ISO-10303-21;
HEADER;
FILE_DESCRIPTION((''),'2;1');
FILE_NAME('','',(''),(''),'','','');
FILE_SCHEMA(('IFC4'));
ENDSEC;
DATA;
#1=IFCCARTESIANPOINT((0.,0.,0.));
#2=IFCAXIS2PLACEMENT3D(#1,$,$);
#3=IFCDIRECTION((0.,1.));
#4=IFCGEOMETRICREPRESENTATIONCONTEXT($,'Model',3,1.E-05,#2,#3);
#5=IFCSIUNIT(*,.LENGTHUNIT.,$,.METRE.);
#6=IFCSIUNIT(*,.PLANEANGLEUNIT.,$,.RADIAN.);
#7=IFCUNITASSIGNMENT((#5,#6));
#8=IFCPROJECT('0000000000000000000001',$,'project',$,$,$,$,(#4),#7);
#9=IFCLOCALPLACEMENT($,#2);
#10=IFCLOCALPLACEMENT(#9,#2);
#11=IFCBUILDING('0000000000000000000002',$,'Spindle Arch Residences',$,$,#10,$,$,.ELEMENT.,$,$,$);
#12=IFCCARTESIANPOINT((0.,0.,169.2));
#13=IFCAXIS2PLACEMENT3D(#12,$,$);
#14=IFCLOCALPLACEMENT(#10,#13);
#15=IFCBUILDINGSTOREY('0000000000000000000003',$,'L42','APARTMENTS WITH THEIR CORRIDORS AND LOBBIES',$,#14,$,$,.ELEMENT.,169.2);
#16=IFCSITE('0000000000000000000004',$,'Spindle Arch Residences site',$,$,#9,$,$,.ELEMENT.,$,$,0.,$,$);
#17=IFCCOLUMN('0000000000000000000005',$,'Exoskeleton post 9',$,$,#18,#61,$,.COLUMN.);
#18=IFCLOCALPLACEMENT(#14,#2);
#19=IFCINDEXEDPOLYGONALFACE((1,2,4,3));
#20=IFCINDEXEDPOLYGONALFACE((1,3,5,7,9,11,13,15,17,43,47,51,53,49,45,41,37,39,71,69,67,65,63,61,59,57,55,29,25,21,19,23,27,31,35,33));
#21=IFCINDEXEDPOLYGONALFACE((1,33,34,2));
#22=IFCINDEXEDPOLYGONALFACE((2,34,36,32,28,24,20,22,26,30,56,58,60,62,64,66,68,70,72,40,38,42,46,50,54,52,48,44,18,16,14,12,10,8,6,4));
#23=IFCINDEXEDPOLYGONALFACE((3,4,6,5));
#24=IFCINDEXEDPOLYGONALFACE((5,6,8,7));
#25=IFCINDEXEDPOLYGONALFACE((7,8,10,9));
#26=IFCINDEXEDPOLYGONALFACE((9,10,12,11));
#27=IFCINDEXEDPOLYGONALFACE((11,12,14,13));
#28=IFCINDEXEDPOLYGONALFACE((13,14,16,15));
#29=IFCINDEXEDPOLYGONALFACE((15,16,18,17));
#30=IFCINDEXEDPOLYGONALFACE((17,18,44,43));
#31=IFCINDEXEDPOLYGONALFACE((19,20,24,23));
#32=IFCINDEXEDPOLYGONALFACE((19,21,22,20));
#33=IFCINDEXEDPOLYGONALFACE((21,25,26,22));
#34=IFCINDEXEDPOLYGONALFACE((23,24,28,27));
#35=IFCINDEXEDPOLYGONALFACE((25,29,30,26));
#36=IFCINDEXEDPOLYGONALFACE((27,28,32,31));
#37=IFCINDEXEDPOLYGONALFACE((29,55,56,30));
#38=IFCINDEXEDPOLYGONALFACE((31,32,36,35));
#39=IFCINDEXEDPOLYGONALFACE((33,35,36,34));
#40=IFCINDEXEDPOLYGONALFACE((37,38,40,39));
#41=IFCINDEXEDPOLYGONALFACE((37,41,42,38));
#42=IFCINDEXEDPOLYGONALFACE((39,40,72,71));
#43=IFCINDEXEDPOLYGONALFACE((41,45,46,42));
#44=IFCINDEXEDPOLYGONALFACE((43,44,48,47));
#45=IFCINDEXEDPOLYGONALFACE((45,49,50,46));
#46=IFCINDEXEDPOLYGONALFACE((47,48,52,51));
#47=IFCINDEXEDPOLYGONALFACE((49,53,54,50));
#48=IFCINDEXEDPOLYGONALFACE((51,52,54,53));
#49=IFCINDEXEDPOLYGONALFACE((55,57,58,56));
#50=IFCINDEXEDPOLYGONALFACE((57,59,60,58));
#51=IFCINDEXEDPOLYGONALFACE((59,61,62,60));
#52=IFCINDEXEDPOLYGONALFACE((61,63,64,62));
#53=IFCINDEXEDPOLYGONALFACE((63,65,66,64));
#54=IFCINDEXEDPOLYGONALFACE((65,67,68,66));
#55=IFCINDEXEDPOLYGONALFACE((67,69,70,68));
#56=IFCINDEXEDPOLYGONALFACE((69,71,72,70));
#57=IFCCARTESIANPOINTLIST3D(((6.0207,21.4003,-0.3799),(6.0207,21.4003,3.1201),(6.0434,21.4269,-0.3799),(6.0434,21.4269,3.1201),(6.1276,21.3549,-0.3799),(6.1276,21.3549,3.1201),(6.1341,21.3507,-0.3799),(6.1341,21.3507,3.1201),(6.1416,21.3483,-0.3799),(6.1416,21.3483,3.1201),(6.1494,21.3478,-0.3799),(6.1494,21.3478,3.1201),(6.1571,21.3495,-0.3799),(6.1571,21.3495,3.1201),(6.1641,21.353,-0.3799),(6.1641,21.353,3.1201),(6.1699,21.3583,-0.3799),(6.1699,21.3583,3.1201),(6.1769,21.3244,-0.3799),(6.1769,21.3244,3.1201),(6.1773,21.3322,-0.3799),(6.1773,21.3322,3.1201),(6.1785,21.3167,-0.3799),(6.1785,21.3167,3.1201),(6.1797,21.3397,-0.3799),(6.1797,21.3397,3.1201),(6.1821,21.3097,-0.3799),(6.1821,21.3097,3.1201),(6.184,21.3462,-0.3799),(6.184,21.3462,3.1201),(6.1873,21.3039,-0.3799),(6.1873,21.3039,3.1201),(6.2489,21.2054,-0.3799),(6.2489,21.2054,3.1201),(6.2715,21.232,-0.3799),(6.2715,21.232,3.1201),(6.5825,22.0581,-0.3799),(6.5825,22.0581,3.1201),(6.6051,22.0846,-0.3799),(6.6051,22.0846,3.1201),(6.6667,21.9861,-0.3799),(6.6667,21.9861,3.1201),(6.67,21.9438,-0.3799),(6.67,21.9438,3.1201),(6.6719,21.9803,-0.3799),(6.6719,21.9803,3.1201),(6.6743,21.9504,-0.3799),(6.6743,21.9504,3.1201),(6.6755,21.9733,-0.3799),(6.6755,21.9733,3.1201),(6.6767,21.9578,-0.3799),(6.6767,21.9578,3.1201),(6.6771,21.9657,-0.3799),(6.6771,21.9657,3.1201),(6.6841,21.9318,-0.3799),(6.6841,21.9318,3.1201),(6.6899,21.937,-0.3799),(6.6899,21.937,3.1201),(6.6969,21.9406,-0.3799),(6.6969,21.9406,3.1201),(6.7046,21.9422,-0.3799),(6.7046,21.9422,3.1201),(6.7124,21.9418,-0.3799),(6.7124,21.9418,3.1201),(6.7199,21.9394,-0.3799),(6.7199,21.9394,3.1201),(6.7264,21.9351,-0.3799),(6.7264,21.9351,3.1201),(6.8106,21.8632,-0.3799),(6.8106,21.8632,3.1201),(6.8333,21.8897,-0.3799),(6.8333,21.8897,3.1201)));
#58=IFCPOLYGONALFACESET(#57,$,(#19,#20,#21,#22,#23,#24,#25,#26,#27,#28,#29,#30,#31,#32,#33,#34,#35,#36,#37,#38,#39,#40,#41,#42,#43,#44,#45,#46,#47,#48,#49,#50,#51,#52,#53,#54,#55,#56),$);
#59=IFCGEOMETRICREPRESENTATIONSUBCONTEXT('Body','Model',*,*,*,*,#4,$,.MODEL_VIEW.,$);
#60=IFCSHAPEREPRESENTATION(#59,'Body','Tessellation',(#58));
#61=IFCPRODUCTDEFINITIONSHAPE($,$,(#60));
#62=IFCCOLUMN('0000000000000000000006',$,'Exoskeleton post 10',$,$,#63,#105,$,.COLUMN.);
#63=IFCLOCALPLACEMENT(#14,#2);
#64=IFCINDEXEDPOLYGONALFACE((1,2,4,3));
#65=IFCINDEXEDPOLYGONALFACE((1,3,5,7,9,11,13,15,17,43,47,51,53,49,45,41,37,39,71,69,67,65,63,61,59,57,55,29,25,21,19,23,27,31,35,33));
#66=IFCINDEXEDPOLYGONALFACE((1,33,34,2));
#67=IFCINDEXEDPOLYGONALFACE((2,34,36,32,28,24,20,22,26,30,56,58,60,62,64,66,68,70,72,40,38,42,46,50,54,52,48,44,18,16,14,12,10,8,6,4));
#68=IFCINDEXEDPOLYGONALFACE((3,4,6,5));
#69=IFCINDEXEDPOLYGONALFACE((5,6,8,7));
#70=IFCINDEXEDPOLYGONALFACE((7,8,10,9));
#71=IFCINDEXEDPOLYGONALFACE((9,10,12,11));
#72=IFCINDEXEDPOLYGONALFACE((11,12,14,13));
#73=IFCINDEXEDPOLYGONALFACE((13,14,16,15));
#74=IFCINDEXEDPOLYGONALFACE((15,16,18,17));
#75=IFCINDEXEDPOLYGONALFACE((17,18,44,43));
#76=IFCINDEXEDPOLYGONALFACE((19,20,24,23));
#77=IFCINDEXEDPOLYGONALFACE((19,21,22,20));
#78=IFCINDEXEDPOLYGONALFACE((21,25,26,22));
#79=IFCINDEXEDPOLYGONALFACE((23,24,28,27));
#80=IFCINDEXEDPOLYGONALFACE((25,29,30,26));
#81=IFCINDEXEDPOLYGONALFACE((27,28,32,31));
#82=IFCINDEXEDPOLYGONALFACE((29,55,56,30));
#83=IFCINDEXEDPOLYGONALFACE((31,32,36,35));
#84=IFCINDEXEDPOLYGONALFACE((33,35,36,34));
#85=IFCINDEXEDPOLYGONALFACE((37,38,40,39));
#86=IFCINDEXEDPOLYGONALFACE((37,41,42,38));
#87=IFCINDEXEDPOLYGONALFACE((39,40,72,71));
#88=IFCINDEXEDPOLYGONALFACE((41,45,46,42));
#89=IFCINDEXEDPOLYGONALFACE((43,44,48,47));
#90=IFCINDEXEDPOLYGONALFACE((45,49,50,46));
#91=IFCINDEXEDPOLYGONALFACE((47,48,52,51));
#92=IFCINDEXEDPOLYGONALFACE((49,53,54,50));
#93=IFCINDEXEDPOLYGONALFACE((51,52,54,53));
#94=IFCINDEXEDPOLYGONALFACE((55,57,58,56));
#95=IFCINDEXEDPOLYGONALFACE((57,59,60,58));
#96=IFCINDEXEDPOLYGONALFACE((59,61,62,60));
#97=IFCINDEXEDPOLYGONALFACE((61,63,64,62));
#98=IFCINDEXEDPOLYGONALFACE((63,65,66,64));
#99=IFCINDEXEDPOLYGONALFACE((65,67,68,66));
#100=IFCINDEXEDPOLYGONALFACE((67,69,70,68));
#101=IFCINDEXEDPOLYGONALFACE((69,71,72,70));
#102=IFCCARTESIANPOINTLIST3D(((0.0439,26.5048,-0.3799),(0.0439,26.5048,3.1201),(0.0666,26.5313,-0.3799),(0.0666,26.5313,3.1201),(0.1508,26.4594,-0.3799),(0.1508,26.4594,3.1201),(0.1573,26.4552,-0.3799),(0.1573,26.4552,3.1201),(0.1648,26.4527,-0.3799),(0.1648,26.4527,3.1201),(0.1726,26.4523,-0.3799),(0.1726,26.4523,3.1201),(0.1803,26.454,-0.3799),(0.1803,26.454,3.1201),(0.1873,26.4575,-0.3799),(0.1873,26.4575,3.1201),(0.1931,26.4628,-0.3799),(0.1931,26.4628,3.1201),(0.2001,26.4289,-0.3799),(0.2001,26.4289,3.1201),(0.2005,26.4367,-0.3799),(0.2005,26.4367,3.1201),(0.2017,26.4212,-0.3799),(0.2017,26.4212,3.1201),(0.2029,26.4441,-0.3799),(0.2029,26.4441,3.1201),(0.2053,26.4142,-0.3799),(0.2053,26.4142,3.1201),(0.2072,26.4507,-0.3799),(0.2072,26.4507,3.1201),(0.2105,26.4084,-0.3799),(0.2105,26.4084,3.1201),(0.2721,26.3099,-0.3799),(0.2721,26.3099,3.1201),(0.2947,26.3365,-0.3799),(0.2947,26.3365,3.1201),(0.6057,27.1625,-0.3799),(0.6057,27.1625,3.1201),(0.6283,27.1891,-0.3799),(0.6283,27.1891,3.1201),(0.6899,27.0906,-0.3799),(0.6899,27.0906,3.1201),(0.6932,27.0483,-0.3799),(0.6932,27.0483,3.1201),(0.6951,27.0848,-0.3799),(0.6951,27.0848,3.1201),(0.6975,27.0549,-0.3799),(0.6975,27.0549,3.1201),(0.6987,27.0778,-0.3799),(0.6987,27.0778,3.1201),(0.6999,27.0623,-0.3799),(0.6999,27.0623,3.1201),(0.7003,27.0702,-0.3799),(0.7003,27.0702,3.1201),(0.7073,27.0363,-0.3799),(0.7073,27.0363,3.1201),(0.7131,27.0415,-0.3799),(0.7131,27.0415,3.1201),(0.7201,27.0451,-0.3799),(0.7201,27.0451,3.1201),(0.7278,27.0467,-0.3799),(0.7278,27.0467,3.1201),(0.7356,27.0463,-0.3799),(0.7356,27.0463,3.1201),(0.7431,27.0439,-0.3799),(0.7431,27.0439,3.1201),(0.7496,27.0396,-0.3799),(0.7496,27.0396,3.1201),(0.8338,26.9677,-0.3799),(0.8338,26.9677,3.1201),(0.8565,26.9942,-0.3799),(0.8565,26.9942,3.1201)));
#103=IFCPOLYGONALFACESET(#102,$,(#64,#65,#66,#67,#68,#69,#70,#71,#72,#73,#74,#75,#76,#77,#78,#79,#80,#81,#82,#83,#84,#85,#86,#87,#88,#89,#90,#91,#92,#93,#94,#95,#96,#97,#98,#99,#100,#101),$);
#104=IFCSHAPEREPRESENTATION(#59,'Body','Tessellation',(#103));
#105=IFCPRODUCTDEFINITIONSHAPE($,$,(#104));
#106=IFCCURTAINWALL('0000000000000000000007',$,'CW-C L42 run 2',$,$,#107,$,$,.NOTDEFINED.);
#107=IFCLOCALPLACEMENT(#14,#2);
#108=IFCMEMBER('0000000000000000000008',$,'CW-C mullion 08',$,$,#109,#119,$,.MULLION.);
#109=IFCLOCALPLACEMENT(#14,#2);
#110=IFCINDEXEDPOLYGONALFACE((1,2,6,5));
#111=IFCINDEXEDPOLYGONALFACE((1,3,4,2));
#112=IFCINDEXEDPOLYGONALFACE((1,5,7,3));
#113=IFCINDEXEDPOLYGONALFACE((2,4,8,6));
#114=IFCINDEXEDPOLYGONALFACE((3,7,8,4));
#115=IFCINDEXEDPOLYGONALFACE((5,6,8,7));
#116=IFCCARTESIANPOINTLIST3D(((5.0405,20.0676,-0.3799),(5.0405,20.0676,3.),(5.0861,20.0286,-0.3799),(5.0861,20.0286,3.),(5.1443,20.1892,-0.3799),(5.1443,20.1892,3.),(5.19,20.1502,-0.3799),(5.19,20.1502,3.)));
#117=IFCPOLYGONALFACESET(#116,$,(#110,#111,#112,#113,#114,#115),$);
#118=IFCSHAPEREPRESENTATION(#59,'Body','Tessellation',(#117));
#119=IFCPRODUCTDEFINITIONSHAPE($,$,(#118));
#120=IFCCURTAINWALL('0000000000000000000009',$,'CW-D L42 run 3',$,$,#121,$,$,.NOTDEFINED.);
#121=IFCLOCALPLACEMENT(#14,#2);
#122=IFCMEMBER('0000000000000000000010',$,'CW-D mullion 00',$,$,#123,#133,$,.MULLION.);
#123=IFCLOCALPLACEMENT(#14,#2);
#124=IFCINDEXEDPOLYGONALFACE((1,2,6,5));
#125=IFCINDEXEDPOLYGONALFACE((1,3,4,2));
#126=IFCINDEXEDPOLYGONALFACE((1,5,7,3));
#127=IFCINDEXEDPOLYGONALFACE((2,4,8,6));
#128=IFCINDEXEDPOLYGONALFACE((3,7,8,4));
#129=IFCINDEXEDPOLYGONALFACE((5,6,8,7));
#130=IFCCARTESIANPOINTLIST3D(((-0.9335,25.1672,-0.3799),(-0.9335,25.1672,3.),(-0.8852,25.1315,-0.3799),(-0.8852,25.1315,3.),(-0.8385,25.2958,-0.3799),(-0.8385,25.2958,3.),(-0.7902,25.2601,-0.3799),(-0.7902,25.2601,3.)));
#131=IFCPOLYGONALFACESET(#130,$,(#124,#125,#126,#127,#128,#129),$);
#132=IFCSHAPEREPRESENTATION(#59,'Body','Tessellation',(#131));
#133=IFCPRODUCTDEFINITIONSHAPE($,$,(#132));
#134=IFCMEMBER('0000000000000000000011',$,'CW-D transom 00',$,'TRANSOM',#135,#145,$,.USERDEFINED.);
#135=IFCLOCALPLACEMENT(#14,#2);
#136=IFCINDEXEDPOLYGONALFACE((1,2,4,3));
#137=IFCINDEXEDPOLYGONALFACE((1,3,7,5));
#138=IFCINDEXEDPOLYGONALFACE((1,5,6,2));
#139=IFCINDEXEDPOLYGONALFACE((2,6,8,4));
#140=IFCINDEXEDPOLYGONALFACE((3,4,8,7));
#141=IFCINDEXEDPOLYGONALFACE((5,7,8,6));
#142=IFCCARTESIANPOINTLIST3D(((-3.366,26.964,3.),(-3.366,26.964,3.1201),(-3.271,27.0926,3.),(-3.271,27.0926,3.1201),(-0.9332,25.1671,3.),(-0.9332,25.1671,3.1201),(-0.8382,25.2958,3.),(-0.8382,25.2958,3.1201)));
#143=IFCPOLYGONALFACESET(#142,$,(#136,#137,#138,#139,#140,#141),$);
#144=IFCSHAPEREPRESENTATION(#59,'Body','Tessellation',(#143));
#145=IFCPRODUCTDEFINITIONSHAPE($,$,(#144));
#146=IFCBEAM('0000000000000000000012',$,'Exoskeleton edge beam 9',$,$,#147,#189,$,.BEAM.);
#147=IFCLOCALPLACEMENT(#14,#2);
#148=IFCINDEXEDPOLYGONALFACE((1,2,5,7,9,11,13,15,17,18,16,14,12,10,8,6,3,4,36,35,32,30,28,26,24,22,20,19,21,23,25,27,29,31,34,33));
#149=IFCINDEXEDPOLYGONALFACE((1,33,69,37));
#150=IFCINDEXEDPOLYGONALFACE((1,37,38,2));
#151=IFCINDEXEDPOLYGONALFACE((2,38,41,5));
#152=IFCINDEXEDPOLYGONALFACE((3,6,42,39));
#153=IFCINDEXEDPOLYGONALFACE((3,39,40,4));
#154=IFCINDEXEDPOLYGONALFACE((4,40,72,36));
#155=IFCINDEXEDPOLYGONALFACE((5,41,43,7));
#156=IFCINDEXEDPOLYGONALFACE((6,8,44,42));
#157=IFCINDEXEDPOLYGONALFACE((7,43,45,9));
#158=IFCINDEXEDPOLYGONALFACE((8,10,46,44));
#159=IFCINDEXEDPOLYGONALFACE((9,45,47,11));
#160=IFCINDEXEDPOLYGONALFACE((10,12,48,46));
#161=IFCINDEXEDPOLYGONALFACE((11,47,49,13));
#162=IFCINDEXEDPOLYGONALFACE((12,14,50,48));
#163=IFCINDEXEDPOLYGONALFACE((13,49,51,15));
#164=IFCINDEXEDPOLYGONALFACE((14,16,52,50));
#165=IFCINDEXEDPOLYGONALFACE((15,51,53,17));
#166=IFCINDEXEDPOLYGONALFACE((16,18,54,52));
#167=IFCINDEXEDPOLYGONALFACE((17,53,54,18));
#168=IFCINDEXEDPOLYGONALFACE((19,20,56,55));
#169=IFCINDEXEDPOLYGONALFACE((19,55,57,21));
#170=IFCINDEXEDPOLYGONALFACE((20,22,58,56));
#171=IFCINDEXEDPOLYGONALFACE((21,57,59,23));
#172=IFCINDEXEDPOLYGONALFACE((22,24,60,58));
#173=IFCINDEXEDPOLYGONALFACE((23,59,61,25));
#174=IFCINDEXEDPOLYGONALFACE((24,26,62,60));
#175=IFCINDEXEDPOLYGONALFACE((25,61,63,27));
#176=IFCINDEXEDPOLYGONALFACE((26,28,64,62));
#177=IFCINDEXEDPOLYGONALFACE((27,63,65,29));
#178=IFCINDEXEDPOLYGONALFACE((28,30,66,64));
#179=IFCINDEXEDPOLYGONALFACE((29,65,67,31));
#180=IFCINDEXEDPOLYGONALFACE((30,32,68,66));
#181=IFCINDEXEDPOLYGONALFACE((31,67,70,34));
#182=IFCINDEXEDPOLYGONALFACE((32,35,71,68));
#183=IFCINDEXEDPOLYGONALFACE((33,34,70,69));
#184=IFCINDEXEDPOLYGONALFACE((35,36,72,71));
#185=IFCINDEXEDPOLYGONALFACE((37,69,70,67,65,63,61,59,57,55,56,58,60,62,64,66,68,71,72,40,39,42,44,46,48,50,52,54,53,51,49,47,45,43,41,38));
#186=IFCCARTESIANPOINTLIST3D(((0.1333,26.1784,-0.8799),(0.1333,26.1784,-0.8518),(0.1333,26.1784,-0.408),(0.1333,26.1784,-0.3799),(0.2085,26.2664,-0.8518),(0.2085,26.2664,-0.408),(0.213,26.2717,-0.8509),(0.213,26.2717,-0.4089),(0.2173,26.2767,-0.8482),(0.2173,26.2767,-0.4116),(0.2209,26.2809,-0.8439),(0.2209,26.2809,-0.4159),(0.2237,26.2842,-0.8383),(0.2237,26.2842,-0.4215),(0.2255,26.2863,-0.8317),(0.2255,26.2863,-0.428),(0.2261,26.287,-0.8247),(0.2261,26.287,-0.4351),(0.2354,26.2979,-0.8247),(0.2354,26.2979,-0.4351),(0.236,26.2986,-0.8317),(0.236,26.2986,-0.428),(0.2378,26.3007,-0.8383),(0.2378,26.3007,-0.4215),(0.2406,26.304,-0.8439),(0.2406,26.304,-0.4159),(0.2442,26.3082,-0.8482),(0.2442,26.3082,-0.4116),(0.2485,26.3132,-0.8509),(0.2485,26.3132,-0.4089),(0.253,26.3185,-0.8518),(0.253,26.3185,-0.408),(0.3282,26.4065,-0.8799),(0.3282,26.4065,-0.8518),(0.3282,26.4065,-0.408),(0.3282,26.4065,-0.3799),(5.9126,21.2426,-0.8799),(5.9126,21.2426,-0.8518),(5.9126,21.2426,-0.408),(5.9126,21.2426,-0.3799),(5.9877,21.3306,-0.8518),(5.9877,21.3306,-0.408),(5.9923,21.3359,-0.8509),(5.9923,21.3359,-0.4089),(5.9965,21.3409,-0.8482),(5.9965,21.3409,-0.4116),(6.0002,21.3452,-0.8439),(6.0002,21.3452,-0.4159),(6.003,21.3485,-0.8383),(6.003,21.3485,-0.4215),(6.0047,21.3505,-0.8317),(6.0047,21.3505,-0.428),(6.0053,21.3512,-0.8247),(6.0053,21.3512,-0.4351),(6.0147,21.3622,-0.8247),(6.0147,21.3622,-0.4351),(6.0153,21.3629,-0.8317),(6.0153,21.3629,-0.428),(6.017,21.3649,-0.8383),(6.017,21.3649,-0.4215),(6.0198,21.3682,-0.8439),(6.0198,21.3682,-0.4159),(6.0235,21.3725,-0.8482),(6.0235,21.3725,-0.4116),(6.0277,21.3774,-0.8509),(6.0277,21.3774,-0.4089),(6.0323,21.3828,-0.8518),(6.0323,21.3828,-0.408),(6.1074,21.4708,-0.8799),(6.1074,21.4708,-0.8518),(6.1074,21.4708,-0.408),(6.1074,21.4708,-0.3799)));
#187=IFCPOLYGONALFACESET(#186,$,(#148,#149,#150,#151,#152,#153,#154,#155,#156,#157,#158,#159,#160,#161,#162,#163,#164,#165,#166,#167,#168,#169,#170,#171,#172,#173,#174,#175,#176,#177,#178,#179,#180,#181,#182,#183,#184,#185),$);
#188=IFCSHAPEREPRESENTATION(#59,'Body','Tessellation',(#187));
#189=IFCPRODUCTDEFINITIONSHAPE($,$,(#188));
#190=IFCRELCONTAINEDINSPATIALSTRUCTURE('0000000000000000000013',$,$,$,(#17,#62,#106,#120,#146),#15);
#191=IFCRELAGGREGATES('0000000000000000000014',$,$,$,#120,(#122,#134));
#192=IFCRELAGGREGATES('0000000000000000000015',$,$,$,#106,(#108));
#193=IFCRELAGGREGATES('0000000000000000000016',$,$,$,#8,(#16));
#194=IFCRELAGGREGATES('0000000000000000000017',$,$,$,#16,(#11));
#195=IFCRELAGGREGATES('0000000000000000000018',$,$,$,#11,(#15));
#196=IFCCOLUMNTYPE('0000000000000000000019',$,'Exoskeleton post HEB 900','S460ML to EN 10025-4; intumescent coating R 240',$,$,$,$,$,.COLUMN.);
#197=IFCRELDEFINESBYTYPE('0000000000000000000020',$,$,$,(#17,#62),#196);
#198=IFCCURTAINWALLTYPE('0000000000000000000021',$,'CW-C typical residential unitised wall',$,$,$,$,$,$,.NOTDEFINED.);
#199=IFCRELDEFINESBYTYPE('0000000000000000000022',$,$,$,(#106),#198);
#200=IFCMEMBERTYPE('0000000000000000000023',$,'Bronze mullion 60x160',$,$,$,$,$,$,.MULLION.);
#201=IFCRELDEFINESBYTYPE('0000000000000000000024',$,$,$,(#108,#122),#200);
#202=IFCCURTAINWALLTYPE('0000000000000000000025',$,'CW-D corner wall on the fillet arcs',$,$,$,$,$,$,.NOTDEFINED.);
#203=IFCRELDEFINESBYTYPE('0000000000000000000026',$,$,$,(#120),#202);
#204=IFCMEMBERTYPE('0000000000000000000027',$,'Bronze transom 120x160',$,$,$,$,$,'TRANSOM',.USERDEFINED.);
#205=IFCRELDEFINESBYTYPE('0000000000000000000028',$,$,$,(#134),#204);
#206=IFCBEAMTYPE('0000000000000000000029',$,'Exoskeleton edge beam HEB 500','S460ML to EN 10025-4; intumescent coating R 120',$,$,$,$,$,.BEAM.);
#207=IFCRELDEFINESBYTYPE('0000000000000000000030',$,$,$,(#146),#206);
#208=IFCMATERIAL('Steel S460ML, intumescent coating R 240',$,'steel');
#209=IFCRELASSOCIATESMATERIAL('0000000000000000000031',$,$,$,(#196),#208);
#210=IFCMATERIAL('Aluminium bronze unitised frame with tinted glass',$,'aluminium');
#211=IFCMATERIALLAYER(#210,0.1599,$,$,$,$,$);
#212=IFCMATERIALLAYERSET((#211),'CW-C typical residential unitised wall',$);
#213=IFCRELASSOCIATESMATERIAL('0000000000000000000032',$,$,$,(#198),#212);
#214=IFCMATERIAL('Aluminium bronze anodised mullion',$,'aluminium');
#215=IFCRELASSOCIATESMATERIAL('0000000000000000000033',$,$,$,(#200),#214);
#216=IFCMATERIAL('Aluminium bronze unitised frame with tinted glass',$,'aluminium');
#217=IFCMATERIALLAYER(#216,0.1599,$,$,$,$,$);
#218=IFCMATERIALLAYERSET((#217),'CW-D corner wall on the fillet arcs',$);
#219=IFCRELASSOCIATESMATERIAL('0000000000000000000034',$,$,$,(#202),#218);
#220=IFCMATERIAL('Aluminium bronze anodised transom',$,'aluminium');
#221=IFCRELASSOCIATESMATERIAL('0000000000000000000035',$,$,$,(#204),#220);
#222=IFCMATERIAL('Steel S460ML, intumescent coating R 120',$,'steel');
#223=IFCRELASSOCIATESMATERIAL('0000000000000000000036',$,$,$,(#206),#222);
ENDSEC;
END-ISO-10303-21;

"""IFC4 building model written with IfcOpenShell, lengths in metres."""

from ifc_helpers import new_model, si_unit, direction, frame, origin, origin_2d, place, context, subcontext, project, spatial, rectangle, i_section, extrude, material, layer, layer_set, material_profile, profile_set, type_object, element, aggregate, save


model = new_model("IFC4")

# Units and contexts
model_context = context("Model", 3, precision=1e-05, world=origin(), true_north=direction((0.0, 1.0)))
body_context = subcontext(model_context, "Body", "Model", "MODEL_VIEW")
ifc_project = project(units=[si_unit("LENGTHUNIT", "METRE"), si_unit("PLANEANGLEUNIT", "RADIAN")], contexts=[model_context])

# Site, building, storey
site_placement = place(None, origin())
site = spatial("IfcSite", under=ifc_project, at=site_placement, Name="Spindle Arch Residences site", CompositionType="ELEMENT", RefElevation=0.0)
building_placement = place(site_placement, origin())
building = spatial("IfcBuilding", under=site, at=building_placement, Name="Spindle Arch Residences", CompositionType="ELEMENT")
storey_placement = place(building_placement, frame((0.0, 0.0, 169.2)))
storey = spatial("IfcBuildingStorey", under=building, at=storey_placement, Name="L42", Description="APARTMENTS WITH THEIR CORRIDORS AND LOBBIES", CompositionType="ELEMENT", Elevation=169.2)

# Columns
ifc_material_1 = material(Name="Steel S460ML, intumescent coating R 240", Category="steel")
ifc_material_profile_1 = material_profile(ifc_material_1, i_section(OverallWidth=0.3, OverallDepth=0.8999, WebThickness=0.0186, FlangeThickness=0.0349, FilletRadius=0.03, at=origin_2d()), Name="HEB 900")
ifc_profile_set_1 = profile_set([ifc_material_profile_1], Name="Steel S460ML, intumescent coating R 240")
column_type = type_object("IfcColumnType", Name="Exoskeleton post HEB 900", Description="S460ML to EN 10025-4; intumescent coating R 240", PredefinedType="COLUMN", material=ifc_profile_set_1)
for number, where, z_axis, x_axis, name in (
    (1, (6.427, 21.645, -0.3799), (0.0, 0.0, 1.0), (0.760406, -0.649448, 0.0), "Exoskeleton post 9"),
    (2, (0.4502, 26.7495, -0.3799), (0.0, 0.0, 1.0), (0.760406, -0.649448, 0.0), "Exoskeleton post 10"),
):
    element("IfcColumn", number, at=place(storey_placement, frame(where, z_axis=z_axis, x_axis=x_axis)), inside=storey, type_object=column_type, Name=name, PredefinedType="COLUMN", context=body_context, shape_type="SweptSolid", body=[
        extrude(i_section(OverallWidth=0.3, OverallDepth=0.8999, WebThickness=0.0186, FlangeThickness=0.0349, FilletRadius=0.03, at=origin_2d()), origin(), (0.0, 0.0, 1.0), 3.5),
    ])

# Curtain wall, member
ifc_material_2 = material(Name="Aluminium bronze unitised frame with tinted glass", Category="aluminium")
ifc_layer_1 = layer(ifc_material_2, 0.1599)
ifc_layer_set_1 = layer_set([ifc_layer_1], Name="CW-C typical residential unitised wall")
curtain_wall_type_1 = type_object("IfcCurtainWallType", Name="CW-C typical residential unitised wall", PredefinedType="NOTDEFINED", material=ifc_layer_set_1)
curtain_wall_1_placement = place(storey_placement, origin())
curtain_wall_1 = element("IfcCurtainWall", 3, at=curtain_wall_1_placement, inside=storey, type_object=curtain_wall_type_1, Name="CW-C L42 run 2", PredefinedType="NOTDEFINED")
ifc_material_3 = material(Name="Aluminium bronze anodised mullion", Category="aluminium")
ifc_material_profile_2 = material_profile(ifc_material_3, rectangle(XDim=0.1599, YDim=0.0601, at=origin_2d()), Name="MU 60x160")
ifc_profile_set_2 = profile_set([ifc_material_profile_2], Name="Aluminium bronze anodised mullion")
member_type_1 = type_object("IfcMemberType", Name="Bronze mullion 60x160", PredefinedType="MULLION", material=ifc_profile_set_2)
member_1_placement = place(storey_placement, frame((5.1152, 20.1089, -0.3799), z_axis=(0.0, 0.0, 1.0), x_axis=(-0.649448, -0.760406, 0.0)))
member_1 = element("IfcMember", 4, at=member_1_placement, type_object=member_type_1, Name="CW-C mullion 08", PredefinedType="MULLION", context=body_context, shape_type="SweptSolid", body=[
    extrude(rectangle(XDim=0.1599, YDim=0.0601, at=origin_2d()), origin(), (0.0, 0.0, 1.0), 3.3799),
])

# Curtain wall, members
ifc_material_4 = material(Name="Aluminium bronze unitised frame with tinted glass", Category="aluminium")
ifc_layer_2 = layer(ifc_material_4, 0.1599)
ifc_layer_set_2 = layer_set([ifc_layer_2], Name="CW-D corner wall on the fillet arcs")
curtain_wall_type_2 = type_object("IfcCurtainWallType", Name="CW-D corner wall on the fillet arcs", PredefinedType="NOTDEFINED", material=ifc_layer_set_2)
curtain_wall_2_placement = place(storey_placement, origin())
curtain_wall_2 = element("IfcCurtainWall", 5, at=curtain_wall_2_placement, inside=storey, type_object=curtain_wall_type_2, Name="CW-D L42 run 3", PredefinedType="NOTDEFINED")
member_2_placement = place(storey_placement, frame((-0.8618, 25.2136, -0.3799), z_axis=(0.0, 0.0, 1.0), x_axis=(-0.594134, -0.804366, 0.0)))
member_2 = element("IfcMember", 6, at=member_2_placement, type_object=member_type_1, Name="CW-D mullion 00", PredefinedType="MULLION", context=body_context, shape_type="SweptSolid", body=[
    extrude(rectangle(XDim=0.1599, YDim=0.0601, at=origin_2d()), origin(), (0.0, 0.0, 1.0), 3.3799),
])
ifc_material_5 = material(Name="Aluminium bronze anodised transom", Category="aluminium")
ifc_material_profile_3 = material_profile(ifc_material_5, rectangle(XDim=0.1599, YDim=0.1201, at=origin_2d()), Name="TR 120x160")
ifc_profile_set_3 = profile_set([ifc_material_profile_3], Name="Aluminium bronze anodised transom")
member_type_2 = type_object("IfcMemberType", Name="Bronze transom 120x160", ElementType="TRANSOM", PredefinedType="USERDEFINED", material=ifc_profile_set_3)
member_3_placement = place(storey_placement, frame((-0.8857, 25.2314, 3.0601), z_axis=(-0.804386, 0.594107, 0.0), x_axis=(-0.594107, -0.804386, 0.0)))
member_3 = element("IfcMember", 7, at=member_3_placement, type_object=member_type_2, Name="CW-D transom 00", ObjectType="TRANSOM", PredefinedType="USERDEFINED", context=body_context, shape_type="SweptSolid", body=[
    extrude(rectangle(XDim=0.1599, YDim=0.1201, at=origin_2d()), origin(), (0.0, 0.0, 1.0), 3.0244),
])
aggregate(curtain_wall_2, [member_2, member_3])

# Beam
ifc_material_6 = material(Name="Steel S460ML, intumescent coating R 120", Category="steel")
ifc_material_profile_4 = material_profile(ifc_material_6, i_section(OverallWidth=0.3, OverallDepth=0.5, WebThickness=0.0144, FlangeThickness=0.0281, FilletRadius=0.0271, at=origin_2d()), Name="HEB 500")
ifc_profile_set_4 = profile_set([ifc_material_profile_4], Name="Steel S460ML, intumescent coating R 120")
beam_type_1 = type_object("IfcBeamType", Name="Exoskeleton edge beam HEB 500", Description="S460ML to EN 10025-4; intumescent coating R 120", PredefinedType="BEAM", material=ifc_profile_set_4)
beam_1_placement = place(storey_placement, frame((6.01, 21.3567, -0.6299), z_axis=(-0.760419, 0.649433, 0.0), x_axis=(-0.649433, -0.760419, 0.0)))
element("IfcBeam", 8, at=beam_1_placement, inside=storey, type_object=beam_type_1, Name="Exoskeleton edge beam 9", PredefinedType="BEAM", context=body_context, shape_type="SweptSolid", body=[
    extrude(i_section(OverallWidth=0.3, OverallDepth=0.5, WebThickness=0.0144, FlangeThickness=0.0281, FilletRadius=0.0271, at=origin_2d()), origin(), (0.0, 0.0, 1.0), 7.6001),
])

aggregate(curtain_wall_1, [member_1])

save(model, "model.ifc")
